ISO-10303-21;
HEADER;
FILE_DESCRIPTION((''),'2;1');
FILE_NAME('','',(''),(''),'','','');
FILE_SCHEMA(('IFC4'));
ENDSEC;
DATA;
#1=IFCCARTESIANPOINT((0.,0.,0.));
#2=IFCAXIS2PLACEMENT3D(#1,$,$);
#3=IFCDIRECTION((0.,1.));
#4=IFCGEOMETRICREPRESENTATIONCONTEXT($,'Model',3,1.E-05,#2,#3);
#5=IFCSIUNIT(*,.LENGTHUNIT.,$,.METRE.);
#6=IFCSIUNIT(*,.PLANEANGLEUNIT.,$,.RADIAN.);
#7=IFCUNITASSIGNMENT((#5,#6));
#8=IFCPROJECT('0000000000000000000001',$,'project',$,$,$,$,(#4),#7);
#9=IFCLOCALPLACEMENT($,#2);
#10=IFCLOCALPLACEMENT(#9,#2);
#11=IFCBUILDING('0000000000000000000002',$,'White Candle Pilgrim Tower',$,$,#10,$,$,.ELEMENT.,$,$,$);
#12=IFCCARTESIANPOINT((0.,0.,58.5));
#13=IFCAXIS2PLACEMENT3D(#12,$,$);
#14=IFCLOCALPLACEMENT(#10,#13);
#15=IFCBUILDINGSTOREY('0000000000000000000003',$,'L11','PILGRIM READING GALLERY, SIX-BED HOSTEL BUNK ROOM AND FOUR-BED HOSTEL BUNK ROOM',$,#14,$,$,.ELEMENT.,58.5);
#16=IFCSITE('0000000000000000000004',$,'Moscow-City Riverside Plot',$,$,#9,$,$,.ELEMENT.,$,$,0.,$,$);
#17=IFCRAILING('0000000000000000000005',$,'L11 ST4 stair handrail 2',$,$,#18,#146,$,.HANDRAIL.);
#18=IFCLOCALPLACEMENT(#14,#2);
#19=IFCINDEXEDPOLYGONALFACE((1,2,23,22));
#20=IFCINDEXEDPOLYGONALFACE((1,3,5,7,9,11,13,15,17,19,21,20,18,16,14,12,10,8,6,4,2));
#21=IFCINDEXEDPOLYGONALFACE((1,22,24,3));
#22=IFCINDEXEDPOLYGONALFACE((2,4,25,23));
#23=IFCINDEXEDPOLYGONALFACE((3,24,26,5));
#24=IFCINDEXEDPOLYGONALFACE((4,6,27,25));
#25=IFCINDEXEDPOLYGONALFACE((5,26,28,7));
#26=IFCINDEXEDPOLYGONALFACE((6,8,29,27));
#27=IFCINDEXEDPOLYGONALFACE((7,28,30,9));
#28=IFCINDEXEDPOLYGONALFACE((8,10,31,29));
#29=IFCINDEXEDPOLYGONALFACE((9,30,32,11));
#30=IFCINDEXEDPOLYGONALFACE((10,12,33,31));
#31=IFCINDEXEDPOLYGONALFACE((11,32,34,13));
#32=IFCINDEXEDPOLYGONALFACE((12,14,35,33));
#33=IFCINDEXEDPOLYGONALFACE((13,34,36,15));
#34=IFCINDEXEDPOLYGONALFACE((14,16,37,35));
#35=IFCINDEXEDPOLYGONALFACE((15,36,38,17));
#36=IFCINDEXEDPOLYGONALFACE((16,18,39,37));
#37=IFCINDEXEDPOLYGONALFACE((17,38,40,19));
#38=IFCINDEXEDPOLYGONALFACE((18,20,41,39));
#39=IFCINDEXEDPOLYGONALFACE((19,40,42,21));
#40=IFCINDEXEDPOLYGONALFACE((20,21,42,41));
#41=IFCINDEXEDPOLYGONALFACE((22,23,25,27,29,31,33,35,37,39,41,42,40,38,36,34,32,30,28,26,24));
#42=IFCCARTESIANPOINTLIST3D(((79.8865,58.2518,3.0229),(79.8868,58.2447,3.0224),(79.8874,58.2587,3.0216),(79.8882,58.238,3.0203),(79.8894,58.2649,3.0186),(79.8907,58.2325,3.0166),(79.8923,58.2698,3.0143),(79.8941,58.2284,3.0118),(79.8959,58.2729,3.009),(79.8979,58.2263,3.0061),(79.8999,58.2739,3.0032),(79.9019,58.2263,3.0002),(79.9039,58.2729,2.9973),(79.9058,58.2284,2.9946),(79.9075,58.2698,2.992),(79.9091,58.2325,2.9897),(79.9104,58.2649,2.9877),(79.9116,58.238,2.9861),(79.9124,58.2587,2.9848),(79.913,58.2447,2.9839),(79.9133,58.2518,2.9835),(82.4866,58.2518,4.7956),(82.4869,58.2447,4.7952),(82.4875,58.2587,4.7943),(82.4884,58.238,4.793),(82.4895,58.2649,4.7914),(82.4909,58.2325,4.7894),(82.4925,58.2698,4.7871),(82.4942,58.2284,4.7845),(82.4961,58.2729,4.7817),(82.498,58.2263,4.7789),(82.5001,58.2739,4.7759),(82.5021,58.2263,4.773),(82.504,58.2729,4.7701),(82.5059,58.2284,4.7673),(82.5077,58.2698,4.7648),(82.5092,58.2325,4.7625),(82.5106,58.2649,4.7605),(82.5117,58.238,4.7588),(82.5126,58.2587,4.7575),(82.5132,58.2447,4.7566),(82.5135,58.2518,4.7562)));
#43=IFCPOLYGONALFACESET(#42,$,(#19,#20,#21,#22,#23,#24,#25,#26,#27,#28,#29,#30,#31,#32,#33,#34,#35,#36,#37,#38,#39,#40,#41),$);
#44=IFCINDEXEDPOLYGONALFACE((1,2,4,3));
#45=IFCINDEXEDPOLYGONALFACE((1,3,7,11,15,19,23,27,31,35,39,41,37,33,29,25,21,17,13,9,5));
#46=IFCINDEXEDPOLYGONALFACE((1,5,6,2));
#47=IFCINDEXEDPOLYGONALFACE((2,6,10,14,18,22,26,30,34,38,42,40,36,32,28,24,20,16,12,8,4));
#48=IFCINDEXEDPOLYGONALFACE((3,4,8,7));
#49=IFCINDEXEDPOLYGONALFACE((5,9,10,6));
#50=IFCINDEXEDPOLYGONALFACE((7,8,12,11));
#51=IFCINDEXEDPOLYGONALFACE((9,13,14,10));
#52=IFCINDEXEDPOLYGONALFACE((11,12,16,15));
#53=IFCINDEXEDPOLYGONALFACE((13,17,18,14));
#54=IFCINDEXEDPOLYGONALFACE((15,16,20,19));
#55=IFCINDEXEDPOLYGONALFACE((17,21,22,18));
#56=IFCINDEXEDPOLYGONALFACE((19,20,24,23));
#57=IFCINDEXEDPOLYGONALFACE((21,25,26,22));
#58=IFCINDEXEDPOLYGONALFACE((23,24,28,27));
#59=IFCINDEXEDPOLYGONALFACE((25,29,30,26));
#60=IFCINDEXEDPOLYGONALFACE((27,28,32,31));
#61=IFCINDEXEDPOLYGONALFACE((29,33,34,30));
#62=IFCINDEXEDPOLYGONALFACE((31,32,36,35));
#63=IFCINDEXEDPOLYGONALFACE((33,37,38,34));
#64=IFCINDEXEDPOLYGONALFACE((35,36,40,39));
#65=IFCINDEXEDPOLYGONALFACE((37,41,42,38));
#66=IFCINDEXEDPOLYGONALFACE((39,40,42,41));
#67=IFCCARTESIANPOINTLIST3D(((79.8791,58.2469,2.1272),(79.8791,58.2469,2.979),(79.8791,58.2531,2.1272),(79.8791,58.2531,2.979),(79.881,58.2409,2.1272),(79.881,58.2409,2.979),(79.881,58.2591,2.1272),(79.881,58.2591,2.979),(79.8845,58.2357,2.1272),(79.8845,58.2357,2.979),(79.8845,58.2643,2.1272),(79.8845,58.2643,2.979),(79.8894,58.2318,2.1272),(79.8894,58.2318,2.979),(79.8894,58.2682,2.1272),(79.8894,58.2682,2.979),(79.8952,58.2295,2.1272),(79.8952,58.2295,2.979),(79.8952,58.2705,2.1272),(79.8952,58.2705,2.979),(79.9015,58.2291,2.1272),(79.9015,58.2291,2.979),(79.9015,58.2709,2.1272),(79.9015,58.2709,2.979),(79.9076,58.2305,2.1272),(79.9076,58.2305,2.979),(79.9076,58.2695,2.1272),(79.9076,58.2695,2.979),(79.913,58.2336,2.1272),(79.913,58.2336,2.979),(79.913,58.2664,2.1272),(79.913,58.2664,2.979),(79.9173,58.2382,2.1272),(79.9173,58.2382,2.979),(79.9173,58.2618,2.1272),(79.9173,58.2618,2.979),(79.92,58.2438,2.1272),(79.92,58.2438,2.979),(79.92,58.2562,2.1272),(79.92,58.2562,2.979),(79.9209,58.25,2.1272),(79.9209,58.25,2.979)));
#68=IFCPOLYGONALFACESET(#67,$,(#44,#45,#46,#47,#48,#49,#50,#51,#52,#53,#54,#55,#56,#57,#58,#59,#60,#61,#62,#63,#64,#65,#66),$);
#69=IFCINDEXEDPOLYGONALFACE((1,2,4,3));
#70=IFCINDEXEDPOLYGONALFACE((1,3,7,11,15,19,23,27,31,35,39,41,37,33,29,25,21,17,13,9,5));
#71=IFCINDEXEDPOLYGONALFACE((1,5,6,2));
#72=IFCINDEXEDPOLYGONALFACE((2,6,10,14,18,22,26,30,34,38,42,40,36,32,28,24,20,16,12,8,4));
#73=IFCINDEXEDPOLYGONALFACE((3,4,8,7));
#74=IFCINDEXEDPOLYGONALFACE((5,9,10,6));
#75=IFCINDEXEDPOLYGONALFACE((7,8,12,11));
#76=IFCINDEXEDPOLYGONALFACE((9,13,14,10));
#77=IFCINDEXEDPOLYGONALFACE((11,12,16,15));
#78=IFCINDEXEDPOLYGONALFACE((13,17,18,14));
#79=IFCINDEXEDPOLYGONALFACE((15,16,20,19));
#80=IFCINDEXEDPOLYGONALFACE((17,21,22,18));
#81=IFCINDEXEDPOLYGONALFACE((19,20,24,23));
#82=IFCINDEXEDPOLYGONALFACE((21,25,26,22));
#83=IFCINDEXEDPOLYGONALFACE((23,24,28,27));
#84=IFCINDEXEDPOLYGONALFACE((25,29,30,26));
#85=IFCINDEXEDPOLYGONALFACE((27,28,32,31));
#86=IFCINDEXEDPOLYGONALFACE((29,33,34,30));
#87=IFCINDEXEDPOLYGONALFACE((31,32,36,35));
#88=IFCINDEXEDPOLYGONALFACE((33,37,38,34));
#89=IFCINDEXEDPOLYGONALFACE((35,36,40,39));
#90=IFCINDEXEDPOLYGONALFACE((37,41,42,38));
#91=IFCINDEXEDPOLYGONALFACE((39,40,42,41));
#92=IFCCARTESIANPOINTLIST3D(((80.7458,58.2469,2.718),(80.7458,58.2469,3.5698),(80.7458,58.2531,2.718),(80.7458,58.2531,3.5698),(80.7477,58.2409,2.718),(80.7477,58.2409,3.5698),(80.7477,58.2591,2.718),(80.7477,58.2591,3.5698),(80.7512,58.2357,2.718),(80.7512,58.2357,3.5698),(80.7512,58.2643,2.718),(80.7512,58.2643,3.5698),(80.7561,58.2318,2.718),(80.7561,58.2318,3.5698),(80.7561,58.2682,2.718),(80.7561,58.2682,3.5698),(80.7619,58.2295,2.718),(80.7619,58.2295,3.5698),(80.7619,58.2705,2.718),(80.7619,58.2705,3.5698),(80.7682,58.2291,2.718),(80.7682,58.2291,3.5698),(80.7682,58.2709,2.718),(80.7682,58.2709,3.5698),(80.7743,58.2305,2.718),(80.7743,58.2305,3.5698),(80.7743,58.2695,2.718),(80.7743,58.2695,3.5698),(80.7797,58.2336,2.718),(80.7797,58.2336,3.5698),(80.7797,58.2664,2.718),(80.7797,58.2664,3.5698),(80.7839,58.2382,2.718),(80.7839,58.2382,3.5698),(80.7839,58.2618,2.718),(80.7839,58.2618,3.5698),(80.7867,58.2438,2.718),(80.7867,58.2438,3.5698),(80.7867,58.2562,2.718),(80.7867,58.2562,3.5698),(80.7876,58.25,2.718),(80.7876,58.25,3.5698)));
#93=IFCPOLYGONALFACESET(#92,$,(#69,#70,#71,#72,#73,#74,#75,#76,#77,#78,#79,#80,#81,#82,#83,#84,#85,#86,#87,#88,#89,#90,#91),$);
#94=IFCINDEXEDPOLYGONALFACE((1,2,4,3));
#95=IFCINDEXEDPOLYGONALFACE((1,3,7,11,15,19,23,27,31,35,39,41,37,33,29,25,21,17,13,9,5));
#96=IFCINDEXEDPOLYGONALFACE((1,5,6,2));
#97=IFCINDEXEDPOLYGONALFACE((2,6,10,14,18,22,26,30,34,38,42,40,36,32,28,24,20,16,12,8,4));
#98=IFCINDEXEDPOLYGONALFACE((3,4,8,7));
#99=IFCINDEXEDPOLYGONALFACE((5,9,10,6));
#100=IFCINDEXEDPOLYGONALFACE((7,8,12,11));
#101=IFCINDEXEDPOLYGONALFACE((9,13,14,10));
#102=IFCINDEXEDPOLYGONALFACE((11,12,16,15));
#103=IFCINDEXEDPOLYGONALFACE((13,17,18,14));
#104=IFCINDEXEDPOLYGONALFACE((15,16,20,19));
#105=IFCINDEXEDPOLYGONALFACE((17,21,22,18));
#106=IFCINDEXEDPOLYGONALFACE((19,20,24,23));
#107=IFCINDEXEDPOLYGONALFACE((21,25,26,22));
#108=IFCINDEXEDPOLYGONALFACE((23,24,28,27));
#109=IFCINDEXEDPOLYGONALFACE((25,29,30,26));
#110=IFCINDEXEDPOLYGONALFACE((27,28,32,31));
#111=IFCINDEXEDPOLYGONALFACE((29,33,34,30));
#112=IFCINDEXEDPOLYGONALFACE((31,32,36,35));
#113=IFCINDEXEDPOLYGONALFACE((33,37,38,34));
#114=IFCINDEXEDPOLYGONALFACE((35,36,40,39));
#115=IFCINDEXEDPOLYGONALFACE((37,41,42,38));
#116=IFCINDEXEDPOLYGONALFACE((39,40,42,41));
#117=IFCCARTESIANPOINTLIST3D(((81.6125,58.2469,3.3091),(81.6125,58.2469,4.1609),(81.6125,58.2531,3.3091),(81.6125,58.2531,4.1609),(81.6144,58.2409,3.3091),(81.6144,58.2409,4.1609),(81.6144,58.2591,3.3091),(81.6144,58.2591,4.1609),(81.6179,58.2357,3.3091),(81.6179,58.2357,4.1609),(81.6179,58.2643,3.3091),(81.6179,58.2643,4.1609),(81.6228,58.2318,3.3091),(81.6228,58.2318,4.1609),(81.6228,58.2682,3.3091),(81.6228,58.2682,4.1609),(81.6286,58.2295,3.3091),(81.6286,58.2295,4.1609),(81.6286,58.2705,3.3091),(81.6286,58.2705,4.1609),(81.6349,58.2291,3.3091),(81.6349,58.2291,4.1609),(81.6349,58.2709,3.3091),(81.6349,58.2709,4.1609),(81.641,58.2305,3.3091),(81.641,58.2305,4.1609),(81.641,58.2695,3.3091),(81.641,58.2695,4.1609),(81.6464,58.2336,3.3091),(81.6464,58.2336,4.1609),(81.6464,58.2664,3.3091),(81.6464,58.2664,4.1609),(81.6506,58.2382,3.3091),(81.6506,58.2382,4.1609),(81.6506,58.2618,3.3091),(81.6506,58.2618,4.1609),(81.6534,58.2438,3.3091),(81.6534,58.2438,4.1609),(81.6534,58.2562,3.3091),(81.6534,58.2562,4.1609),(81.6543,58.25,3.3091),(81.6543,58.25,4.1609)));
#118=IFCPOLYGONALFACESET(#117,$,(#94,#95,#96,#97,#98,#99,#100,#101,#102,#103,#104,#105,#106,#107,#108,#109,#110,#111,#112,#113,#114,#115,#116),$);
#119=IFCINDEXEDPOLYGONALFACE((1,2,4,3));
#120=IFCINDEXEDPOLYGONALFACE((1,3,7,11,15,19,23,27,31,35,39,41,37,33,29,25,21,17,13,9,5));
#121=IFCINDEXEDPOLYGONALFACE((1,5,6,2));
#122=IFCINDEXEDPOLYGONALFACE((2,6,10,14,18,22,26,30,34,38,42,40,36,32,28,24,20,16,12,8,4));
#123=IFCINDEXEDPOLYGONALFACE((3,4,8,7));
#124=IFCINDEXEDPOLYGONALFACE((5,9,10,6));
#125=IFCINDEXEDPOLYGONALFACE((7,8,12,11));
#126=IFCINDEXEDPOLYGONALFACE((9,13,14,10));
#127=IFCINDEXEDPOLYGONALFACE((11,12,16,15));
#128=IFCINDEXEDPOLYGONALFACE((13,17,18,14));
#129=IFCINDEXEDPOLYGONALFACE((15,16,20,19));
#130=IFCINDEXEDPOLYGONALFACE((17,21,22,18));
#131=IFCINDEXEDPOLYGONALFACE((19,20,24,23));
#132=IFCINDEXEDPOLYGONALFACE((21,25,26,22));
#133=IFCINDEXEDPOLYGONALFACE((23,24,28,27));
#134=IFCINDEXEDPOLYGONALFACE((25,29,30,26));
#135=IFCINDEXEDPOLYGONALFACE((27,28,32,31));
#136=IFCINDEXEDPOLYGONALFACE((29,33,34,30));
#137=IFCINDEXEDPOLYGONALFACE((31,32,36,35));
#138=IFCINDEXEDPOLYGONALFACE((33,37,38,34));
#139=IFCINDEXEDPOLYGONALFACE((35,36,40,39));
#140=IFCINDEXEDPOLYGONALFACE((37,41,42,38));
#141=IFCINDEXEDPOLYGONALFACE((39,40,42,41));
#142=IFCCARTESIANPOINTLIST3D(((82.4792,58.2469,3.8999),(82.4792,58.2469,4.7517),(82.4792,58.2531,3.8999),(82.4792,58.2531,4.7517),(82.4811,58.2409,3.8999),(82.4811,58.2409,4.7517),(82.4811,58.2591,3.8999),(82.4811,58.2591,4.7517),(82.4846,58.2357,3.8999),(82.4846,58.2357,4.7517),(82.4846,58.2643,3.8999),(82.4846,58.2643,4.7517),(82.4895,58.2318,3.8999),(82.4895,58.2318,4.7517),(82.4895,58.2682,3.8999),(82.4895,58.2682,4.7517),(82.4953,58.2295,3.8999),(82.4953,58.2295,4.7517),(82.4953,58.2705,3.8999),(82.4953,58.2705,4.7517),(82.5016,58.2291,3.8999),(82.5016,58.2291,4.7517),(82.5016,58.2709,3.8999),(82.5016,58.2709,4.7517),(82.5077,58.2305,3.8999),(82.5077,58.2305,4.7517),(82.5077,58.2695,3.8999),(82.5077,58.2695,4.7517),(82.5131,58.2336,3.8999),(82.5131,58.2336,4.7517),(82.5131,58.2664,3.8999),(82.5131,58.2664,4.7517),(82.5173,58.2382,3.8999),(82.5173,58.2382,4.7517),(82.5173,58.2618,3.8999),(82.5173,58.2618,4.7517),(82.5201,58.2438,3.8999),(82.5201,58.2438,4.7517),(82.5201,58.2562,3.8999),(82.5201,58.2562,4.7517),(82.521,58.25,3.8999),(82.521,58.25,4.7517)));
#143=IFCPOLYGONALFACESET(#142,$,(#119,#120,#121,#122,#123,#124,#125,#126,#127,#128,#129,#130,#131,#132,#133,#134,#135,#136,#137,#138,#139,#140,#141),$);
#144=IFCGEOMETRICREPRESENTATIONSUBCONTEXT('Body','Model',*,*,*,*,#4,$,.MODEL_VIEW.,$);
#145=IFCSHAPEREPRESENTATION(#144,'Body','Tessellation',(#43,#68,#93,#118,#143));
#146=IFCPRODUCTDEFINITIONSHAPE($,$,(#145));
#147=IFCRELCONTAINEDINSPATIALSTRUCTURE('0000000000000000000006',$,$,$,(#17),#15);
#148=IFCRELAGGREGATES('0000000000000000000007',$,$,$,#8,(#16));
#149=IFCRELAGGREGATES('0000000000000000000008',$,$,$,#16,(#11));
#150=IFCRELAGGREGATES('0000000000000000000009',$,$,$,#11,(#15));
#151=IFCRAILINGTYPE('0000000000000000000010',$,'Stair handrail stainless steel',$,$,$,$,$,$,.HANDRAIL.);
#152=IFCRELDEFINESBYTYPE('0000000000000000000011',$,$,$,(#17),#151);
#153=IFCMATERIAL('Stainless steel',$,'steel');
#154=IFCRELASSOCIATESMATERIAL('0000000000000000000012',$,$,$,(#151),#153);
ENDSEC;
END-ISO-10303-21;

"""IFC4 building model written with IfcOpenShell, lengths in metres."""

from ifc_helpers import new_model, si_unit, direction, frame, origin, origin_2d, place, context, subcontext, project, spatial, circle, extrude, material, type_object, element, save


model = new_model("IFC4")

# Units and contexts
model_context = context("Model", 3, precision=1e-05, world=origin(), true_north=direction((0.0, 1.0)))
body_context = subcontext(model_context, "Body", "Model", "MODEL_VIEW")
ifc_project = project(units=[si_unit("LENGTHUNIT", "METRE"), si_unit("PLANEANGLEUNIT", "RADIAN")], contexts=[model_context])

# Site, building, storey
site_placement = place(None, origin())
site = spatial("IfcSite", under=ifc_project, at=site_placement, Name="Moscow-City Riverside Plot", CompositionType="ELEMENT", RefElevation=0.0)
building_placement = place(site_placement, origin())
building = spatial("IfcBuilding", under=site, at=building_placement, Name="White Candle Pilgrim Tower", CompositionType="ELEMENT")
storey_placement = place(building_placement, frame((0.0, 0.0, 58.5)))
storey = spatial("IfcBuildingStorey", under=building, at=storey_placement, Name="L11", Description="PILGRIM READING GALLERY, SIX-BED HOSTEL BUNK ROOM AND FOUR-BED HOSTEL BUNK ROOM", CompositionType="ELEMENT", Elevation=58.5)

# Railing
ifc_material_1 = material(Name="Stainless steel", Category="steel")
railing_type_1 = type_object("IfcRailingType", Name="Stair handrail stainless steel", PredefinedType="HANDRAIL", material=ifc_material_1)
railing_1_placement = place(storey_placement, frame((79.8999, 58.25, 2.1272)))
element("IfcRailing", 1, at=railing_1_placement, inside=storey, type_object=railing_type_1, Name="L11 ST4 stair handrail 2", PredefinedType="HANDRAIL", context=body_context, shape_type="SweptSolid", body=[
    extrude(circle(Radius=0.0239, at=origin_2d()), frame((0.0, 0.0, 0.876), z_axis=(0.82624, 0.0, 0.563318), x_axis=(0.0, 1.0, 0.0)), (0.0, 0.0, 1.0), 3.147),
    extrude(circle(Radius=0.021, at=origin_2d()), origin(), (0.0, 0.0, 1.0), 0.8518),
    extrude(circle(Radius=0.021, at=origin_2d()), frame((0.8667, 0.0, 0.5908)), (0.0, 0.0, 1.0), 0.8518),
    extrude(circle(Radius=0.021, at=origin_2d()), frame((1.7334, 0.0, 1.1819)), (0.0, 0.0, 1.0), 0.8518),
    extrude(circle(Radius=0.021, at=origin_2d()), frame((2.6001, 0.0, 1.7727)), (0.0, 0.0, 1.0), 0.8518),
])

save(model, "model.ifc")
